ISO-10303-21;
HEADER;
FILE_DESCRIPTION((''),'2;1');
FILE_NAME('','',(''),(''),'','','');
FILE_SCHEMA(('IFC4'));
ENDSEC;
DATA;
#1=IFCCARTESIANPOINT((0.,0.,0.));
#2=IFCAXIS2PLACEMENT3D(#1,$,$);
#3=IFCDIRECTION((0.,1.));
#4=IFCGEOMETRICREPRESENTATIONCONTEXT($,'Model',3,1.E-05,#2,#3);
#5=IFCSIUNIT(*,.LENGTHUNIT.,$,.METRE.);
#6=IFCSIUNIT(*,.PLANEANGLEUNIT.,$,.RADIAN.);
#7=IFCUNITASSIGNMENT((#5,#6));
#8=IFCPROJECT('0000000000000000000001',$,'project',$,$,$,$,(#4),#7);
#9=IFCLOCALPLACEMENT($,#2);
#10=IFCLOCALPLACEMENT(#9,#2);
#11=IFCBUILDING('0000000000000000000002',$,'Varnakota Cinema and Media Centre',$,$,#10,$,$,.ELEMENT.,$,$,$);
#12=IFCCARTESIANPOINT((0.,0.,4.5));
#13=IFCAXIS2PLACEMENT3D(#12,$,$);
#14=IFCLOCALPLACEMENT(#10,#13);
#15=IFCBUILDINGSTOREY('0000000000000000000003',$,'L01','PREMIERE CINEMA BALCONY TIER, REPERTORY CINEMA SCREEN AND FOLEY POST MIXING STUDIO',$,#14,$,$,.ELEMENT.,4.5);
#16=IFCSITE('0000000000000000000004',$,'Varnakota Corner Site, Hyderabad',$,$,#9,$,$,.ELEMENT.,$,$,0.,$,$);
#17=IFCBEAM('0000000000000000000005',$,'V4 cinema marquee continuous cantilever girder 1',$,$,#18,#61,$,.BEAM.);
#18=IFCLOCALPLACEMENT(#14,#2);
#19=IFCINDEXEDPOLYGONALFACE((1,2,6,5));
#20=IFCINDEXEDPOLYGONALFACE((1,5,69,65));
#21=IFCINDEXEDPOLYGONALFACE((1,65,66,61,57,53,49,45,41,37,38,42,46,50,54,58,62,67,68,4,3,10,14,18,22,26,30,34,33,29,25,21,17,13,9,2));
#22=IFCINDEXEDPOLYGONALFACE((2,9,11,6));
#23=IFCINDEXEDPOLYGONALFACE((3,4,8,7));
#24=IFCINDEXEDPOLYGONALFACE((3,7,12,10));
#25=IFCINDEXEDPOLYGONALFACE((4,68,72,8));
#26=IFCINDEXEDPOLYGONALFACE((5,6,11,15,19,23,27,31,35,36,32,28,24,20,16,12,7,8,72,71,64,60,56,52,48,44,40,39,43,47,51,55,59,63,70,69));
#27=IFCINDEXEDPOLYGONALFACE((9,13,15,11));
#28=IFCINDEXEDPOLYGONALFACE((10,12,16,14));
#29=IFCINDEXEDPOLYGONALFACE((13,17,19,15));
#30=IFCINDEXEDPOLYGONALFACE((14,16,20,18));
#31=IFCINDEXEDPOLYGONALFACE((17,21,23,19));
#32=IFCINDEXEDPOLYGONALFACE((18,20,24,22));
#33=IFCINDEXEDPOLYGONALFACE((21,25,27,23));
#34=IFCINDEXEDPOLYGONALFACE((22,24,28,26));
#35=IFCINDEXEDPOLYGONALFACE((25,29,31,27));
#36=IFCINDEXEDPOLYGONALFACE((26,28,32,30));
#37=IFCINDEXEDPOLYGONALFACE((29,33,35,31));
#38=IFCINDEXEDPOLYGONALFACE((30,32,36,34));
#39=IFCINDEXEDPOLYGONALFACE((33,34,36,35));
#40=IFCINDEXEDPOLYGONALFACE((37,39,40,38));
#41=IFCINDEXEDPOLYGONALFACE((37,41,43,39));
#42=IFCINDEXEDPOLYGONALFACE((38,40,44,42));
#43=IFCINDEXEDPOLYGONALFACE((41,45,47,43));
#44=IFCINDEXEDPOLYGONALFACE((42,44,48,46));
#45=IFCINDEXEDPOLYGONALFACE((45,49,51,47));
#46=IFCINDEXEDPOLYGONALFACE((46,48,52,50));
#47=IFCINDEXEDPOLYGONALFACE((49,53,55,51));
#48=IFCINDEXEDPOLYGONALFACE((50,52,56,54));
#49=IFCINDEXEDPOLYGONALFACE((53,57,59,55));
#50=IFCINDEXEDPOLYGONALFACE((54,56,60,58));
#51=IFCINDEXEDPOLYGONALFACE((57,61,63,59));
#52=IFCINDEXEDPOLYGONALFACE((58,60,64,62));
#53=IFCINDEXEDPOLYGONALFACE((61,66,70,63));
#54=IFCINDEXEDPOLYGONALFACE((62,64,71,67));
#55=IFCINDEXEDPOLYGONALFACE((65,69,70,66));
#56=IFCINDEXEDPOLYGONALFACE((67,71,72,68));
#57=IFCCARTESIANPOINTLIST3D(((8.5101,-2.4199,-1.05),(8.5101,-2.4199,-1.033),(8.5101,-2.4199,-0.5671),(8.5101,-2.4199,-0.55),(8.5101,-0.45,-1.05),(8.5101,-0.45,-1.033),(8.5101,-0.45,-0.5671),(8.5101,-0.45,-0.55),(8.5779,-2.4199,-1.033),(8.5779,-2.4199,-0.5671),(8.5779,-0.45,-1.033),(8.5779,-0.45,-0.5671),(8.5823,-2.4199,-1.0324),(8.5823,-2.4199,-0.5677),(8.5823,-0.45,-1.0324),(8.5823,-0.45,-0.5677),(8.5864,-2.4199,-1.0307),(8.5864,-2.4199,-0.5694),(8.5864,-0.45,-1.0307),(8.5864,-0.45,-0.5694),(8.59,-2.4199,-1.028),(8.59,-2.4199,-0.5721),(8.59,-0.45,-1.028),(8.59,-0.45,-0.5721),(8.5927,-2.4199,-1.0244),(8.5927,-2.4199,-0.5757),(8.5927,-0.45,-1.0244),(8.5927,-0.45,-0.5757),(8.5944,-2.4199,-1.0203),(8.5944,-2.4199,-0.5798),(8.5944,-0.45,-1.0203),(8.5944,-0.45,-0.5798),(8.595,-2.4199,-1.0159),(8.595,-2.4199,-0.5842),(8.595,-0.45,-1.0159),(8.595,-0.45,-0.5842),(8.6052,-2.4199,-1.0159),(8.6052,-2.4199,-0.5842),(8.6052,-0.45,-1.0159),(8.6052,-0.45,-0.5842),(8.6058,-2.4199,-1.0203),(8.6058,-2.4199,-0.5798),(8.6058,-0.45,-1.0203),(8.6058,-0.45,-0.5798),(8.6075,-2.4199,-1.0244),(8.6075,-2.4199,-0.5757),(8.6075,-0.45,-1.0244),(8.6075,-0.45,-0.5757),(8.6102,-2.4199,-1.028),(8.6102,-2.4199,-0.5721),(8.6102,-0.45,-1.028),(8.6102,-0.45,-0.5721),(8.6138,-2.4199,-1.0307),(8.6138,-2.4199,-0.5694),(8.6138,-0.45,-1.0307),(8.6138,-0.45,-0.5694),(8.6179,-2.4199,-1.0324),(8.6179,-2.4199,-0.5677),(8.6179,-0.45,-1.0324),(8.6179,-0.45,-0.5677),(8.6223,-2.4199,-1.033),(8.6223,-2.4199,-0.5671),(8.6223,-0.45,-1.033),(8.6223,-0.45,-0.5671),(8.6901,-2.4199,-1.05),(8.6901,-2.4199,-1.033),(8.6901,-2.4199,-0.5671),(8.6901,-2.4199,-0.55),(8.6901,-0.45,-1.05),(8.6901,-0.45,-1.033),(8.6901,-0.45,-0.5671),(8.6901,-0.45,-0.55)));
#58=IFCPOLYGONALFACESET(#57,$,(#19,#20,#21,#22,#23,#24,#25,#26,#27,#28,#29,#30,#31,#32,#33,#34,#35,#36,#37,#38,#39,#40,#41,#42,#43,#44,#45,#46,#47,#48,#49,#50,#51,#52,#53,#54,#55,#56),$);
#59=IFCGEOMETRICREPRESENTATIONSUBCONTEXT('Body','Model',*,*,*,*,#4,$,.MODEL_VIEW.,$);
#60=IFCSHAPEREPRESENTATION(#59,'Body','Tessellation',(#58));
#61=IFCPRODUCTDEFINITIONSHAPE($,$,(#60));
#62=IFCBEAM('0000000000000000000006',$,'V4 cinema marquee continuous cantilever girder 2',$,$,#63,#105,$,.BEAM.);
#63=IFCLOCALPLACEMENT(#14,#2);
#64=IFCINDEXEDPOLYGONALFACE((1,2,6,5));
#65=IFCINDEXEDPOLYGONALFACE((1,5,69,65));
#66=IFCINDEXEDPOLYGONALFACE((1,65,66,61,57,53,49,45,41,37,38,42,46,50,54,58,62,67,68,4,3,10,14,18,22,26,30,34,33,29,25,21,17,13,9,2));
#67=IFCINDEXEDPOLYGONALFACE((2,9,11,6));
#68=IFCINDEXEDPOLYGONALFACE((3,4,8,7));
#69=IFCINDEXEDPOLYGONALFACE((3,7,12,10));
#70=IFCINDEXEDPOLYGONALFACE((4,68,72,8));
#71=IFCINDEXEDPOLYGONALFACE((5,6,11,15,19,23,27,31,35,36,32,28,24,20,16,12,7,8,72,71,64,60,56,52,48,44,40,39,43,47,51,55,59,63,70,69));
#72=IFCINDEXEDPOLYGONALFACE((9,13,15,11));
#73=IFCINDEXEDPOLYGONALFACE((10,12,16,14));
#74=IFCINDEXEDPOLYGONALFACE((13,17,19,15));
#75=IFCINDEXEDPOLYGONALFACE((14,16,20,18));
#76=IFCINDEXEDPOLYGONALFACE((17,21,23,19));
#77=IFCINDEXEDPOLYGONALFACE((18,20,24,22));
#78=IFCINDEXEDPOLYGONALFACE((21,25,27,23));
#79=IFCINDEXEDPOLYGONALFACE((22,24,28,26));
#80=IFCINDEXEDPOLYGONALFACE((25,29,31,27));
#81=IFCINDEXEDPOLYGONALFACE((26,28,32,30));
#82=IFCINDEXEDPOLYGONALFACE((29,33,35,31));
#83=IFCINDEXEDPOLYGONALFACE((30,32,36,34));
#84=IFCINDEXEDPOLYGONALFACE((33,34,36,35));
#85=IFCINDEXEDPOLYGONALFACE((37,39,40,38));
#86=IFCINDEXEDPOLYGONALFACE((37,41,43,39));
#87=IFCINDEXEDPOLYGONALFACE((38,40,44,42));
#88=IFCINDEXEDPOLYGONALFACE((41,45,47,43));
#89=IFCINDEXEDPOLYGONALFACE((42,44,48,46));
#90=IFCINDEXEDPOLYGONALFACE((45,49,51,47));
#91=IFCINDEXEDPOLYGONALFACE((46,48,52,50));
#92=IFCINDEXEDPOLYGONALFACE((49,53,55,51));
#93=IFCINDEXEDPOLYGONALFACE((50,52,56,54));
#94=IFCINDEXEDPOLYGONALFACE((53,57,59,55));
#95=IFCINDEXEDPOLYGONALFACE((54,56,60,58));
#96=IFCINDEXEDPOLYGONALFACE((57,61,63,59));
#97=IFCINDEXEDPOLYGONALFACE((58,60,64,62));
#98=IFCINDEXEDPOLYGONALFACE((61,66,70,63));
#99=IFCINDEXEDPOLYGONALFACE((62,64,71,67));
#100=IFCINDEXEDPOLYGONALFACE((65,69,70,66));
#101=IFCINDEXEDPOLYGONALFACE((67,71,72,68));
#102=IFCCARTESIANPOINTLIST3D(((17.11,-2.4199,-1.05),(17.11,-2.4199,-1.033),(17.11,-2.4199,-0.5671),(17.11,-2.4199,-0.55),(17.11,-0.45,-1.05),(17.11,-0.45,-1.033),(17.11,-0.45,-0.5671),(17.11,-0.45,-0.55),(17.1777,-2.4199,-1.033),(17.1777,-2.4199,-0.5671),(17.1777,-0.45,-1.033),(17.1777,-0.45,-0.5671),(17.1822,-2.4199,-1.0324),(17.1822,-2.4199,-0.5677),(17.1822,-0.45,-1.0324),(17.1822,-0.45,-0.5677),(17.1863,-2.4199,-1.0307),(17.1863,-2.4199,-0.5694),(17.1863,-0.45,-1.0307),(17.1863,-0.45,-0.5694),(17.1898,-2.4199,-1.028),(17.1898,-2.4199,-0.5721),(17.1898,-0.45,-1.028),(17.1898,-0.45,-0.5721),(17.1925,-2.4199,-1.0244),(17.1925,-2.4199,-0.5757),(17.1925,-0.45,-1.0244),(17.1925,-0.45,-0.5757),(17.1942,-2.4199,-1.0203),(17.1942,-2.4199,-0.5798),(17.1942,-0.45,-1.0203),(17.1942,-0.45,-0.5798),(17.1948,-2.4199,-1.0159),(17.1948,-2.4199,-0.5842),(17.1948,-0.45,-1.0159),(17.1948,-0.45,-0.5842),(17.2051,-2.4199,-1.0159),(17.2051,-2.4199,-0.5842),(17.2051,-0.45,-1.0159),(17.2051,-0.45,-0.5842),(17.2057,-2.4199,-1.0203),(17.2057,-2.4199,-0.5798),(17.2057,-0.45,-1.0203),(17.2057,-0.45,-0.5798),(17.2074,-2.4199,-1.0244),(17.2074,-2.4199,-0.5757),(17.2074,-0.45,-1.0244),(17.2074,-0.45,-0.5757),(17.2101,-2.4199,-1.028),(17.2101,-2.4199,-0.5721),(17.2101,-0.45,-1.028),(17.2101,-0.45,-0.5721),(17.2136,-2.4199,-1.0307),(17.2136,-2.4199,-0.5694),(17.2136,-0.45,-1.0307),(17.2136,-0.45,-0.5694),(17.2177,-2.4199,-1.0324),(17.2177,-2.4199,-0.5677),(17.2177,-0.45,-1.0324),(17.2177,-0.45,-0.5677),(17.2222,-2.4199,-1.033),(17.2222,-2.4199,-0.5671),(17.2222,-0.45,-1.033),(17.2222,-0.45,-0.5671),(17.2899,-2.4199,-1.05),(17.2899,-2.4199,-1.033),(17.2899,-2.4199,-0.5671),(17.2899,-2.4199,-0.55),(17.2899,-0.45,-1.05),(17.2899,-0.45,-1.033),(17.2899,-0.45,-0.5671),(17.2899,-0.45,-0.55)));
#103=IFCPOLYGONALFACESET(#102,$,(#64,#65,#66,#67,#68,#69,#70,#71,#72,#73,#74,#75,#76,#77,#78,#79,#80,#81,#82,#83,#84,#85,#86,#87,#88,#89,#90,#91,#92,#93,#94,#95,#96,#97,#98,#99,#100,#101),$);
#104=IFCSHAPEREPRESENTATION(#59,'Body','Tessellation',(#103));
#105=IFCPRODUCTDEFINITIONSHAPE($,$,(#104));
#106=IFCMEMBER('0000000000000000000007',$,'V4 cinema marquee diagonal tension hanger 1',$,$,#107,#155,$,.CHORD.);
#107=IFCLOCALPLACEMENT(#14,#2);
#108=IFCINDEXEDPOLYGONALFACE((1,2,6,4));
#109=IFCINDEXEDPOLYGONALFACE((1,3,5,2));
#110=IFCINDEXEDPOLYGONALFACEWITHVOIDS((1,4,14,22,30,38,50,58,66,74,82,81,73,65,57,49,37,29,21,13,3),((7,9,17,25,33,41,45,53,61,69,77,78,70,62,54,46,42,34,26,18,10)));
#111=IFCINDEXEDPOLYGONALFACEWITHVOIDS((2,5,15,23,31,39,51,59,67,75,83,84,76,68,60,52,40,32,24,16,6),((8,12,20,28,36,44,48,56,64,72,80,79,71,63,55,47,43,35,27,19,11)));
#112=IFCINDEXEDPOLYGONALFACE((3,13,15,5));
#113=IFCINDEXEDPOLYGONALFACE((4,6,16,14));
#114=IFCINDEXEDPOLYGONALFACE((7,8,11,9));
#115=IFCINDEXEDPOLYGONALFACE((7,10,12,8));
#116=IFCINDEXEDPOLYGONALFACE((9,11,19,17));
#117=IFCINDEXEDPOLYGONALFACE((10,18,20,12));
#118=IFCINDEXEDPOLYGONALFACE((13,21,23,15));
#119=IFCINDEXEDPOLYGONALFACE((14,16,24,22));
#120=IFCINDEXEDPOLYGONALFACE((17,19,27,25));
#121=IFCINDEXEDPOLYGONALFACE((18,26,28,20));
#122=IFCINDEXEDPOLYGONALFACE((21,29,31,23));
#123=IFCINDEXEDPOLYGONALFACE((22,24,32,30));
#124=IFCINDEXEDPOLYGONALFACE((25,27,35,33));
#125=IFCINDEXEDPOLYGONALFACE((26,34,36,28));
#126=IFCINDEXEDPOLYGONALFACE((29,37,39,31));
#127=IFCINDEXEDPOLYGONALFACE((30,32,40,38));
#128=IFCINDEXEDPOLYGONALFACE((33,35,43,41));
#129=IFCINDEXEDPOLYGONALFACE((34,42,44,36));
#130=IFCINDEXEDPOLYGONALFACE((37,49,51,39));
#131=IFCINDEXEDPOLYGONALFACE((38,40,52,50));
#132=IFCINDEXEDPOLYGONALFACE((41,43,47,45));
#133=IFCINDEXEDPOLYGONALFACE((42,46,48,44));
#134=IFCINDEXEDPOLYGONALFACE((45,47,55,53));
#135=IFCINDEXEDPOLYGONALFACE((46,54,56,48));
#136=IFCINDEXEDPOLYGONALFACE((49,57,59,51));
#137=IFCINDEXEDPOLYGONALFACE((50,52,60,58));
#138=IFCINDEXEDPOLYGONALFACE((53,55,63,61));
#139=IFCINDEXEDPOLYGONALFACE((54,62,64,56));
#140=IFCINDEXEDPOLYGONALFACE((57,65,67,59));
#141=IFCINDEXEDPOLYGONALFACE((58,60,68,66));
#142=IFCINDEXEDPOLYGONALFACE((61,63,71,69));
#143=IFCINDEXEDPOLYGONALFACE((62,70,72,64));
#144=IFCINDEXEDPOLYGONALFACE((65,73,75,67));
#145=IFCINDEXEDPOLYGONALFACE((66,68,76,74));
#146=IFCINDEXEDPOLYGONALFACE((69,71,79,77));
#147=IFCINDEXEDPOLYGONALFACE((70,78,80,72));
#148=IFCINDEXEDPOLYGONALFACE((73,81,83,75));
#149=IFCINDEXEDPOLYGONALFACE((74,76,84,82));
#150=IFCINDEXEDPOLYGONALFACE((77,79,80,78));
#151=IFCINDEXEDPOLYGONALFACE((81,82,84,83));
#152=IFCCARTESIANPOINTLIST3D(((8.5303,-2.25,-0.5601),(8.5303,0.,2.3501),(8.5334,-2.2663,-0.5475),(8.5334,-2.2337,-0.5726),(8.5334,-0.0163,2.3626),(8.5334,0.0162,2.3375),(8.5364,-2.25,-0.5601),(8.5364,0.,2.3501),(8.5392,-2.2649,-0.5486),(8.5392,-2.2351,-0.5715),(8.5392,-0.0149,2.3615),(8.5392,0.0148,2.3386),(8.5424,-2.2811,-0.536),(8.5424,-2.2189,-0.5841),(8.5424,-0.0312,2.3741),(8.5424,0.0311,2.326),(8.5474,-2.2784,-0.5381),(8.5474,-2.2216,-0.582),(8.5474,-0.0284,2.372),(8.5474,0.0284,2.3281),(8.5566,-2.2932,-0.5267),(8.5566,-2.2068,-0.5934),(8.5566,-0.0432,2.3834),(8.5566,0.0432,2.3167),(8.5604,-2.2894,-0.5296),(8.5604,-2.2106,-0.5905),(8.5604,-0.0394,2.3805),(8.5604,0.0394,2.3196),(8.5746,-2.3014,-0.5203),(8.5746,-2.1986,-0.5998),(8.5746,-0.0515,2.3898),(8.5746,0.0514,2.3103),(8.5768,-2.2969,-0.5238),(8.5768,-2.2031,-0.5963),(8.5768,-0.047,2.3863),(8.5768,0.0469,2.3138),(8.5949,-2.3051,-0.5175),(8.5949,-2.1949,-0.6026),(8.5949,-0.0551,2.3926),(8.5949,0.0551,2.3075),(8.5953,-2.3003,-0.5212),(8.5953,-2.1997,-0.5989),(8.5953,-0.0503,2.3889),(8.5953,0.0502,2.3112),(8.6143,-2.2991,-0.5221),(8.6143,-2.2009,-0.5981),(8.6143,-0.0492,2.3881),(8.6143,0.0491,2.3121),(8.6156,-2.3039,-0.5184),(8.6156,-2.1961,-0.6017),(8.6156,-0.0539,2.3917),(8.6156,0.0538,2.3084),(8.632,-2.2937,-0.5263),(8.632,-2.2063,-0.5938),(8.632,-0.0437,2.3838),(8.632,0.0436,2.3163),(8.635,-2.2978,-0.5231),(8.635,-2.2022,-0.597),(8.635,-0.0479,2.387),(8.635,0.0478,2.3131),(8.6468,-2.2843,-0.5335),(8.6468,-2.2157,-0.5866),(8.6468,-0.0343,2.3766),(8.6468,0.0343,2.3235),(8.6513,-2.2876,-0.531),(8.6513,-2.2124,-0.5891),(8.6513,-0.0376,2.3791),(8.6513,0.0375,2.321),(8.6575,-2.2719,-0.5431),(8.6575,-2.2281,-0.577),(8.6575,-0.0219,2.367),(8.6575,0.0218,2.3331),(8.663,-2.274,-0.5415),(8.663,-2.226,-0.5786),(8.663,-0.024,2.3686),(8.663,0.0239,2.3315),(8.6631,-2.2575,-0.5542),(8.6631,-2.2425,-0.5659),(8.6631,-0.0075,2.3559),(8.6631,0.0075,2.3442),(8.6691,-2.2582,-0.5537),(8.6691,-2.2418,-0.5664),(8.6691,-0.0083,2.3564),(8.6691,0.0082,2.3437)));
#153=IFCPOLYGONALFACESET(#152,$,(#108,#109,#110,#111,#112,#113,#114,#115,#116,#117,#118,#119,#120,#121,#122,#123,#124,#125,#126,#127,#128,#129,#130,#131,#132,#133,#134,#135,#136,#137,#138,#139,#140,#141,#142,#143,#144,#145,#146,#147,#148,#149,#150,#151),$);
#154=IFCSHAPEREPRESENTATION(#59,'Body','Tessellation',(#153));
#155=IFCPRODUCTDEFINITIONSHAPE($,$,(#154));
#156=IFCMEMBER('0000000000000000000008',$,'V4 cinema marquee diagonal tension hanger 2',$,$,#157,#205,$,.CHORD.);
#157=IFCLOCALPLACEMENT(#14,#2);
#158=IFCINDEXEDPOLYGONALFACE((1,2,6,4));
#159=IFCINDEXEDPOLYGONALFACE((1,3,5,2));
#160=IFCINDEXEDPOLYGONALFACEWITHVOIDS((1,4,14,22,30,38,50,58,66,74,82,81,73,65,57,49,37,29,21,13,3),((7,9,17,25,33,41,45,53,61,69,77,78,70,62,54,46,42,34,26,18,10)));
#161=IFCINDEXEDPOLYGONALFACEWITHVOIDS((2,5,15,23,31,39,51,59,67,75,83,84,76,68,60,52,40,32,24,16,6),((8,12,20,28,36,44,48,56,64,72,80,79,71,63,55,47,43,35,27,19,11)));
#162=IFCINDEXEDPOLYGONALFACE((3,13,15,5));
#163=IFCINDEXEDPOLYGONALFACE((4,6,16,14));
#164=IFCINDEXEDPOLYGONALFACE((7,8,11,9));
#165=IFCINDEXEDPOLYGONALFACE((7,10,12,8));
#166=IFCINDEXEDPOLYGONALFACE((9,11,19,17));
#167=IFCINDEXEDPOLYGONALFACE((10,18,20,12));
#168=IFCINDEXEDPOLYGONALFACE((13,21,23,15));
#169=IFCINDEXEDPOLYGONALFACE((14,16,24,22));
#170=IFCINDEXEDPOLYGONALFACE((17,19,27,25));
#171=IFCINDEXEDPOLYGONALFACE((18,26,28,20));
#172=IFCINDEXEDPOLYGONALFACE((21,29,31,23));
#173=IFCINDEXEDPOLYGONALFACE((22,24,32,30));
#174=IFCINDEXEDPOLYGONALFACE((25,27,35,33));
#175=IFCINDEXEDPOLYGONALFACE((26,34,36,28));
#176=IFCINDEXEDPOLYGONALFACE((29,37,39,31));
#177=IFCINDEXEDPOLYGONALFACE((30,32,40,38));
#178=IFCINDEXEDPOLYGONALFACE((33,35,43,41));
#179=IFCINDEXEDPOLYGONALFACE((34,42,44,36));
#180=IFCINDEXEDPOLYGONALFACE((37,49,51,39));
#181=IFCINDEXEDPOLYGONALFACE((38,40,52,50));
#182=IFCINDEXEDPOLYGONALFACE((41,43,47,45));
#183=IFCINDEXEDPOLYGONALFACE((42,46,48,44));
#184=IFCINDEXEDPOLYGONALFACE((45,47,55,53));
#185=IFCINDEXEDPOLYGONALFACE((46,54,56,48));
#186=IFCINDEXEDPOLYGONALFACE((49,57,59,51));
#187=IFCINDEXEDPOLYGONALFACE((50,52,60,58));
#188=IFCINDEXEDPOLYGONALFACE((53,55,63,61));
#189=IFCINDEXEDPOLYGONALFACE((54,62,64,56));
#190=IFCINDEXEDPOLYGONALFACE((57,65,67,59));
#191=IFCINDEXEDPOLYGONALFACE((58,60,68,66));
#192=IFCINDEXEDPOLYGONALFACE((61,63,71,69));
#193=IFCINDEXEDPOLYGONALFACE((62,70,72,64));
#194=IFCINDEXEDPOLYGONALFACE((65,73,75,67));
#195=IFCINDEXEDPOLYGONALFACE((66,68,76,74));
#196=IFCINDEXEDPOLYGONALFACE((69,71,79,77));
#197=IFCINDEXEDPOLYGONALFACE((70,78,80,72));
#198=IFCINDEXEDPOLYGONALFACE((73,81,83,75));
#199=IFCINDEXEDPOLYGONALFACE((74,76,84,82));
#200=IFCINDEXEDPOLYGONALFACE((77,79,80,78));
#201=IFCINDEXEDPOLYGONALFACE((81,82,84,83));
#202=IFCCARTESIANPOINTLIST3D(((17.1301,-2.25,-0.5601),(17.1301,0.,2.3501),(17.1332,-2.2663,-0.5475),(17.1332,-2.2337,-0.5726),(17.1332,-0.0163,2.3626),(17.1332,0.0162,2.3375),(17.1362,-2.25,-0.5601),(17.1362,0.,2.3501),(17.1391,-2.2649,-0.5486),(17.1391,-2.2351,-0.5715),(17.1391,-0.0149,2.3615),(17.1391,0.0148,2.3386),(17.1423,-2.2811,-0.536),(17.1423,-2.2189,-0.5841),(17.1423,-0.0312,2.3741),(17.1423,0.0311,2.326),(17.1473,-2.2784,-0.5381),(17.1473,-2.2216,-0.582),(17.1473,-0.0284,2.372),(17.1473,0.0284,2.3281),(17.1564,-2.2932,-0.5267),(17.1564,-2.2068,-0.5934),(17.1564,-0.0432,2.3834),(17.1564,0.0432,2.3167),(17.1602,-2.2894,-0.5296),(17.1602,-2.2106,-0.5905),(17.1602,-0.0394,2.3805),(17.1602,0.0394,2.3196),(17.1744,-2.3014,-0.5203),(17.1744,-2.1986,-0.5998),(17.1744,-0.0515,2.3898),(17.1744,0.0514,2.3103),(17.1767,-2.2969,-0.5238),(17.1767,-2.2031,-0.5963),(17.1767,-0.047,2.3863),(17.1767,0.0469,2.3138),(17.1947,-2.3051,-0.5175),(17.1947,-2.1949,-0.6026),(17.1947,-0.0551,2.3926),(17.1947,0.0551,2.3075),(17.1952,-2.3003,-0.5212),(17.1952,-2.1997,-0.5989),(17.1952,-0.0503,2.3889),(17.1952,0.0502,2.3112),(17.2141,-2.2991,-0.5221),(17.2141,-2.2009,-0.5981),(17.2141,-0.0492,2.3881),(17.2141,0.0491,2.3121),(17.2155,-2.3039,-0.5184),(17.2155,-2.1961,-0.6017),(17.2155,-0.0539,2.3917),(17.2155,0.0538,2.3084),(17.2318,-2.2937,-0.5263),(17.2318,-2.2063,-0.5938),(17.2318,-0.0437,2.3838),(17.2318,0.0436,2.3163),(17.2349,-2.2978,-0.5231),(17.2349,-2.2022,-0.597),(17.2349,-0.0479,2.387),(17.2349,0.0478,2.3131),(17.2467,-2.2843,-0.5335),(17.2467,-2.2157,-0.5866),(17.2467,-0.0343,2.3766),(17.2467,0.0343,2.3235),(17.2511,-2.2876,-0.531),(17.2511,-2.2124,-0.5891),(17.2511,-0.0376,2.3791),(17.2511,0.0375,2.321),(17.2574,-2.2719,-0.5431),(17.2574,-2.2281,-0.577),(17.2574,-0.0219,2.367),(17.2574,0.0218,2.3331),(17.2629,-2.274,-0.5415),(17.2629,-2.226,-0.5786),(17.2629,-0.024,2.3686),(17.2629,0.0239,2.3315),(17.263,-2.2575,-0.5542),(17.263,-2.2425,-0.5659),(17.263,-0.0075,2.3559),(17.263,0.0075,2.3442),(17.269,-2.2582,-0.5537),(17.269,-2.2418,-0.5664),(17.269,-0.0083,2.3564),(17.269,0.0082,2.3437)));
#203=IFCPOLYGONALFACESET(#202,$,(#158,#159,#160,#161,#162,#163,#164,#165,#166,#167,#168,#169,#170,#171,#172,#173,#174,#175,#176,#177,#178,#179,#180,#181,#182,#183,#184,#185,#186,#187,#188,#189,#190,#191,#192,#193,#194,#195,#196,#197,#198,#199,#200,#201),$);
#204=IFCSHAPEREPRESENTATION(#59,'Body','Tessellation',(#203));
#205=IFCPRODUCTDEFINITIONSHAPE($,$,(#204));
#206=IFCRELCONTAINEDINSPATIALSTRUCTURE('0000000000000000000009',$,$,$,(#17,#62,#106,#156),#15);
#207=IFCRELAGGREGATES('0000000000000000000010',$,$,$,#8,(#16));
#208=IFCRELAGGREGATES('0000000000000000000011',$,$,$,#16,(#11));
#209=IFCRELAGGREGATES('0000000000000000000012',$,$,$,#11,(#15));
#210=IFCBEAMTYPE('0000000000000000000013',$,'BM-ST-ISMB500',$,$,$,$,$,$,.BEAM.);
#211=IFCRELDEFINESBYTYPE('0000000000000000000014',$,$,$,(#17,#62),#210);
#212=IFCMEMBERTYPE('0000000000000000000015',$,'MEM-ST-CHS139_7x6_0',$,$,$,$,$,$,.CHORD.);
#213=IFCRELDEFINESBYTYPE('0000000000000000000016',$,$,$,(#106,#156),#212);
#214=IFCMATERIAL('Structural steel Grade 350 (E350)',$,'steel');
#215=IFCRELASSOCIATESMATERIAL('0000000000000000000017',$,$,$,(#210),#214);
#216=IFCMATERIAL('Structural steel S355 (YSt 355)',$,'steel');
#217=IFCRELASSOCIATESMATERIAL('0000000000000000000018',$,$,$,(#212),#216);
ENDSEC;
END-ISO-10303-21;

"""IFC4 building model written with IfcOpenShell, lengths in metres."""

from ifc_helpers import new_model, si_unit, direction, frame, origin, origin_2d, place, context, subcontext, project, spatial, hollow_circle, i_section, extrude, material, material_profile, profile_set, type_object, element, save


model = new_model("IFC4")

# Units and contexts
model_context = context("Model", 3, precision=1e-05, world=origin(), true_north=direction((0.0, 1.0)))
body_context = subcontext(model_context, "Body", "Model", "MODEL_VIEW")
ifc_project = project(units=[si_unit("LENGTHUNIT", "METRE"), si_unit("PLANEANGLEUNIT", "RADIAN")], contexts=[model_context])

# Site, building, storey
site_placement = place(None, origin())
site = spatial("IfcSite", under=ifc_project, at=site_placement, Name="Varnakota Corner Site, Hyderabad", CompositionType="ELEMENT", RefElevation=0.0)
building_placement = place(site_placement, origin())
building = spatial("IfcBuilding", under=site, at=building_placement, Name="Varnakota Cinema and Media Centre", CompositionType="ELEMENT")
storey_placement = place(building_placement, frame((0.0, 0.0, 4.5)))
storey = spatial("IfcBuildingStorey", under=building, at=storey_placement, Name="L01", Description="PREMIERE CINEMA BALCONY TIER, REPERTORY CINEMA SCREEN AND FOLEY POST MIXING STUDIO", CompositionType="ELEMENT", Elevation=4.5)

# Beams
ifc_material_1 = material(Name="Structural steel Grade 350 (E350)", Category="steel")
ifc_material_profile_1 = material_profile(ifc_material_1, i_section(OverallWidth=0.1799, OverallDepth=0.5, WebThickness=0.0103, FlangeThickness=0.0171, FilletRadius=0.0171, at=origin_2d()), Name="ISMB 500")
ifc_profile_set_1 = profile_set([ifc_material_profile_1], Name="Structural steel Grade 350 (E350)")
beam_type_1 = type_object("IfcBeamType", Name="BM-ST-ISMB500", PredefinedType="BEAM", material=ifc_profile_set_1)
for number, where, z_axis, x_axis, name in (
    (1, (8.6001, -0.45, -0.8), (0.0, -1.0, 0.0), (1.0, 0.0, 0.0), "V4 cinema marquee continuous cantilever girder 1"),
    (2, (17.2, -0.45, -0.8), (0.0, -1.0, 0.0), (1.0, 0.0, 0.0), "V4 cinema marquee continuous cantilever girder 2"),
):
    element("IfcBeam", number, at=place(storey_placement, frame(where, z_axis=z_axis, x_axis=x_axis)), inside=storey, type_object=beam_type_1, Name=name, PredefinedType="BEAM", context=body_context, shape_type="SweptSolid", body=[
        extrude(i_section(OverallWidth=0.1799, OverallDepth=0.5, WebThickness=0.0103, FlangeThickness=0.0171, FilletRadius=0.0171, at=origin_2d()), origin(), (0.0, 0.0, 1.0), 1.97),
    ])

# Members
ifc_material_2 = material(Name="Structural steel S355 (YSt 355)", Category="steel")
ifc_material_profile_2 = material_profile(ifc_material_2, hollow_circle(Radius=0.0698, WallThickness=0.0061, at=origin_2d()), Name="CHS 139.7x6.0")
ifc_profile_set_2 = profile_set([ifc_material_profile_2], Name="Structural steel S355 (YSt 355)")
member_type = type_object("IfcMemberType", Name="MEM-ST-CHS139_7x6_0", PredefinedType="CHORD", material=ifc_profile_set_2)
for number, where, z_axis, x_axis, name in (
    (3, (8.6001, -2.25, -0.5601), (0.0, 0.611659, 0.791121), (-1.0, 0.0, 0.0), "V4 cinema marquee diagonal tension hanger 1"),
    (4, (17.2, -2.25, -0.5601), (0.0, 0.611659, 0.791121), (-1.0, 0.0, 0.0), "V4 cinema marquee diagonal tension hanger 2"),
):
    element("IfcMember", number, at=place(storey_placement, frame(where, z_axis=z_axis, x_axis=x_axis)), inside=storey, type_object=member_type, Name=name, PredefinedType="CHORD", context=body_context, shape_type="SweptSolid", body=[
        extrude(hollow_circle(Radius=0.0698, WallThickness=0.0061, at=origin_2d()), origin(), (0.0, 0.0, 1.0), 3.6785),
    ])

save(model, "model.ifc")
